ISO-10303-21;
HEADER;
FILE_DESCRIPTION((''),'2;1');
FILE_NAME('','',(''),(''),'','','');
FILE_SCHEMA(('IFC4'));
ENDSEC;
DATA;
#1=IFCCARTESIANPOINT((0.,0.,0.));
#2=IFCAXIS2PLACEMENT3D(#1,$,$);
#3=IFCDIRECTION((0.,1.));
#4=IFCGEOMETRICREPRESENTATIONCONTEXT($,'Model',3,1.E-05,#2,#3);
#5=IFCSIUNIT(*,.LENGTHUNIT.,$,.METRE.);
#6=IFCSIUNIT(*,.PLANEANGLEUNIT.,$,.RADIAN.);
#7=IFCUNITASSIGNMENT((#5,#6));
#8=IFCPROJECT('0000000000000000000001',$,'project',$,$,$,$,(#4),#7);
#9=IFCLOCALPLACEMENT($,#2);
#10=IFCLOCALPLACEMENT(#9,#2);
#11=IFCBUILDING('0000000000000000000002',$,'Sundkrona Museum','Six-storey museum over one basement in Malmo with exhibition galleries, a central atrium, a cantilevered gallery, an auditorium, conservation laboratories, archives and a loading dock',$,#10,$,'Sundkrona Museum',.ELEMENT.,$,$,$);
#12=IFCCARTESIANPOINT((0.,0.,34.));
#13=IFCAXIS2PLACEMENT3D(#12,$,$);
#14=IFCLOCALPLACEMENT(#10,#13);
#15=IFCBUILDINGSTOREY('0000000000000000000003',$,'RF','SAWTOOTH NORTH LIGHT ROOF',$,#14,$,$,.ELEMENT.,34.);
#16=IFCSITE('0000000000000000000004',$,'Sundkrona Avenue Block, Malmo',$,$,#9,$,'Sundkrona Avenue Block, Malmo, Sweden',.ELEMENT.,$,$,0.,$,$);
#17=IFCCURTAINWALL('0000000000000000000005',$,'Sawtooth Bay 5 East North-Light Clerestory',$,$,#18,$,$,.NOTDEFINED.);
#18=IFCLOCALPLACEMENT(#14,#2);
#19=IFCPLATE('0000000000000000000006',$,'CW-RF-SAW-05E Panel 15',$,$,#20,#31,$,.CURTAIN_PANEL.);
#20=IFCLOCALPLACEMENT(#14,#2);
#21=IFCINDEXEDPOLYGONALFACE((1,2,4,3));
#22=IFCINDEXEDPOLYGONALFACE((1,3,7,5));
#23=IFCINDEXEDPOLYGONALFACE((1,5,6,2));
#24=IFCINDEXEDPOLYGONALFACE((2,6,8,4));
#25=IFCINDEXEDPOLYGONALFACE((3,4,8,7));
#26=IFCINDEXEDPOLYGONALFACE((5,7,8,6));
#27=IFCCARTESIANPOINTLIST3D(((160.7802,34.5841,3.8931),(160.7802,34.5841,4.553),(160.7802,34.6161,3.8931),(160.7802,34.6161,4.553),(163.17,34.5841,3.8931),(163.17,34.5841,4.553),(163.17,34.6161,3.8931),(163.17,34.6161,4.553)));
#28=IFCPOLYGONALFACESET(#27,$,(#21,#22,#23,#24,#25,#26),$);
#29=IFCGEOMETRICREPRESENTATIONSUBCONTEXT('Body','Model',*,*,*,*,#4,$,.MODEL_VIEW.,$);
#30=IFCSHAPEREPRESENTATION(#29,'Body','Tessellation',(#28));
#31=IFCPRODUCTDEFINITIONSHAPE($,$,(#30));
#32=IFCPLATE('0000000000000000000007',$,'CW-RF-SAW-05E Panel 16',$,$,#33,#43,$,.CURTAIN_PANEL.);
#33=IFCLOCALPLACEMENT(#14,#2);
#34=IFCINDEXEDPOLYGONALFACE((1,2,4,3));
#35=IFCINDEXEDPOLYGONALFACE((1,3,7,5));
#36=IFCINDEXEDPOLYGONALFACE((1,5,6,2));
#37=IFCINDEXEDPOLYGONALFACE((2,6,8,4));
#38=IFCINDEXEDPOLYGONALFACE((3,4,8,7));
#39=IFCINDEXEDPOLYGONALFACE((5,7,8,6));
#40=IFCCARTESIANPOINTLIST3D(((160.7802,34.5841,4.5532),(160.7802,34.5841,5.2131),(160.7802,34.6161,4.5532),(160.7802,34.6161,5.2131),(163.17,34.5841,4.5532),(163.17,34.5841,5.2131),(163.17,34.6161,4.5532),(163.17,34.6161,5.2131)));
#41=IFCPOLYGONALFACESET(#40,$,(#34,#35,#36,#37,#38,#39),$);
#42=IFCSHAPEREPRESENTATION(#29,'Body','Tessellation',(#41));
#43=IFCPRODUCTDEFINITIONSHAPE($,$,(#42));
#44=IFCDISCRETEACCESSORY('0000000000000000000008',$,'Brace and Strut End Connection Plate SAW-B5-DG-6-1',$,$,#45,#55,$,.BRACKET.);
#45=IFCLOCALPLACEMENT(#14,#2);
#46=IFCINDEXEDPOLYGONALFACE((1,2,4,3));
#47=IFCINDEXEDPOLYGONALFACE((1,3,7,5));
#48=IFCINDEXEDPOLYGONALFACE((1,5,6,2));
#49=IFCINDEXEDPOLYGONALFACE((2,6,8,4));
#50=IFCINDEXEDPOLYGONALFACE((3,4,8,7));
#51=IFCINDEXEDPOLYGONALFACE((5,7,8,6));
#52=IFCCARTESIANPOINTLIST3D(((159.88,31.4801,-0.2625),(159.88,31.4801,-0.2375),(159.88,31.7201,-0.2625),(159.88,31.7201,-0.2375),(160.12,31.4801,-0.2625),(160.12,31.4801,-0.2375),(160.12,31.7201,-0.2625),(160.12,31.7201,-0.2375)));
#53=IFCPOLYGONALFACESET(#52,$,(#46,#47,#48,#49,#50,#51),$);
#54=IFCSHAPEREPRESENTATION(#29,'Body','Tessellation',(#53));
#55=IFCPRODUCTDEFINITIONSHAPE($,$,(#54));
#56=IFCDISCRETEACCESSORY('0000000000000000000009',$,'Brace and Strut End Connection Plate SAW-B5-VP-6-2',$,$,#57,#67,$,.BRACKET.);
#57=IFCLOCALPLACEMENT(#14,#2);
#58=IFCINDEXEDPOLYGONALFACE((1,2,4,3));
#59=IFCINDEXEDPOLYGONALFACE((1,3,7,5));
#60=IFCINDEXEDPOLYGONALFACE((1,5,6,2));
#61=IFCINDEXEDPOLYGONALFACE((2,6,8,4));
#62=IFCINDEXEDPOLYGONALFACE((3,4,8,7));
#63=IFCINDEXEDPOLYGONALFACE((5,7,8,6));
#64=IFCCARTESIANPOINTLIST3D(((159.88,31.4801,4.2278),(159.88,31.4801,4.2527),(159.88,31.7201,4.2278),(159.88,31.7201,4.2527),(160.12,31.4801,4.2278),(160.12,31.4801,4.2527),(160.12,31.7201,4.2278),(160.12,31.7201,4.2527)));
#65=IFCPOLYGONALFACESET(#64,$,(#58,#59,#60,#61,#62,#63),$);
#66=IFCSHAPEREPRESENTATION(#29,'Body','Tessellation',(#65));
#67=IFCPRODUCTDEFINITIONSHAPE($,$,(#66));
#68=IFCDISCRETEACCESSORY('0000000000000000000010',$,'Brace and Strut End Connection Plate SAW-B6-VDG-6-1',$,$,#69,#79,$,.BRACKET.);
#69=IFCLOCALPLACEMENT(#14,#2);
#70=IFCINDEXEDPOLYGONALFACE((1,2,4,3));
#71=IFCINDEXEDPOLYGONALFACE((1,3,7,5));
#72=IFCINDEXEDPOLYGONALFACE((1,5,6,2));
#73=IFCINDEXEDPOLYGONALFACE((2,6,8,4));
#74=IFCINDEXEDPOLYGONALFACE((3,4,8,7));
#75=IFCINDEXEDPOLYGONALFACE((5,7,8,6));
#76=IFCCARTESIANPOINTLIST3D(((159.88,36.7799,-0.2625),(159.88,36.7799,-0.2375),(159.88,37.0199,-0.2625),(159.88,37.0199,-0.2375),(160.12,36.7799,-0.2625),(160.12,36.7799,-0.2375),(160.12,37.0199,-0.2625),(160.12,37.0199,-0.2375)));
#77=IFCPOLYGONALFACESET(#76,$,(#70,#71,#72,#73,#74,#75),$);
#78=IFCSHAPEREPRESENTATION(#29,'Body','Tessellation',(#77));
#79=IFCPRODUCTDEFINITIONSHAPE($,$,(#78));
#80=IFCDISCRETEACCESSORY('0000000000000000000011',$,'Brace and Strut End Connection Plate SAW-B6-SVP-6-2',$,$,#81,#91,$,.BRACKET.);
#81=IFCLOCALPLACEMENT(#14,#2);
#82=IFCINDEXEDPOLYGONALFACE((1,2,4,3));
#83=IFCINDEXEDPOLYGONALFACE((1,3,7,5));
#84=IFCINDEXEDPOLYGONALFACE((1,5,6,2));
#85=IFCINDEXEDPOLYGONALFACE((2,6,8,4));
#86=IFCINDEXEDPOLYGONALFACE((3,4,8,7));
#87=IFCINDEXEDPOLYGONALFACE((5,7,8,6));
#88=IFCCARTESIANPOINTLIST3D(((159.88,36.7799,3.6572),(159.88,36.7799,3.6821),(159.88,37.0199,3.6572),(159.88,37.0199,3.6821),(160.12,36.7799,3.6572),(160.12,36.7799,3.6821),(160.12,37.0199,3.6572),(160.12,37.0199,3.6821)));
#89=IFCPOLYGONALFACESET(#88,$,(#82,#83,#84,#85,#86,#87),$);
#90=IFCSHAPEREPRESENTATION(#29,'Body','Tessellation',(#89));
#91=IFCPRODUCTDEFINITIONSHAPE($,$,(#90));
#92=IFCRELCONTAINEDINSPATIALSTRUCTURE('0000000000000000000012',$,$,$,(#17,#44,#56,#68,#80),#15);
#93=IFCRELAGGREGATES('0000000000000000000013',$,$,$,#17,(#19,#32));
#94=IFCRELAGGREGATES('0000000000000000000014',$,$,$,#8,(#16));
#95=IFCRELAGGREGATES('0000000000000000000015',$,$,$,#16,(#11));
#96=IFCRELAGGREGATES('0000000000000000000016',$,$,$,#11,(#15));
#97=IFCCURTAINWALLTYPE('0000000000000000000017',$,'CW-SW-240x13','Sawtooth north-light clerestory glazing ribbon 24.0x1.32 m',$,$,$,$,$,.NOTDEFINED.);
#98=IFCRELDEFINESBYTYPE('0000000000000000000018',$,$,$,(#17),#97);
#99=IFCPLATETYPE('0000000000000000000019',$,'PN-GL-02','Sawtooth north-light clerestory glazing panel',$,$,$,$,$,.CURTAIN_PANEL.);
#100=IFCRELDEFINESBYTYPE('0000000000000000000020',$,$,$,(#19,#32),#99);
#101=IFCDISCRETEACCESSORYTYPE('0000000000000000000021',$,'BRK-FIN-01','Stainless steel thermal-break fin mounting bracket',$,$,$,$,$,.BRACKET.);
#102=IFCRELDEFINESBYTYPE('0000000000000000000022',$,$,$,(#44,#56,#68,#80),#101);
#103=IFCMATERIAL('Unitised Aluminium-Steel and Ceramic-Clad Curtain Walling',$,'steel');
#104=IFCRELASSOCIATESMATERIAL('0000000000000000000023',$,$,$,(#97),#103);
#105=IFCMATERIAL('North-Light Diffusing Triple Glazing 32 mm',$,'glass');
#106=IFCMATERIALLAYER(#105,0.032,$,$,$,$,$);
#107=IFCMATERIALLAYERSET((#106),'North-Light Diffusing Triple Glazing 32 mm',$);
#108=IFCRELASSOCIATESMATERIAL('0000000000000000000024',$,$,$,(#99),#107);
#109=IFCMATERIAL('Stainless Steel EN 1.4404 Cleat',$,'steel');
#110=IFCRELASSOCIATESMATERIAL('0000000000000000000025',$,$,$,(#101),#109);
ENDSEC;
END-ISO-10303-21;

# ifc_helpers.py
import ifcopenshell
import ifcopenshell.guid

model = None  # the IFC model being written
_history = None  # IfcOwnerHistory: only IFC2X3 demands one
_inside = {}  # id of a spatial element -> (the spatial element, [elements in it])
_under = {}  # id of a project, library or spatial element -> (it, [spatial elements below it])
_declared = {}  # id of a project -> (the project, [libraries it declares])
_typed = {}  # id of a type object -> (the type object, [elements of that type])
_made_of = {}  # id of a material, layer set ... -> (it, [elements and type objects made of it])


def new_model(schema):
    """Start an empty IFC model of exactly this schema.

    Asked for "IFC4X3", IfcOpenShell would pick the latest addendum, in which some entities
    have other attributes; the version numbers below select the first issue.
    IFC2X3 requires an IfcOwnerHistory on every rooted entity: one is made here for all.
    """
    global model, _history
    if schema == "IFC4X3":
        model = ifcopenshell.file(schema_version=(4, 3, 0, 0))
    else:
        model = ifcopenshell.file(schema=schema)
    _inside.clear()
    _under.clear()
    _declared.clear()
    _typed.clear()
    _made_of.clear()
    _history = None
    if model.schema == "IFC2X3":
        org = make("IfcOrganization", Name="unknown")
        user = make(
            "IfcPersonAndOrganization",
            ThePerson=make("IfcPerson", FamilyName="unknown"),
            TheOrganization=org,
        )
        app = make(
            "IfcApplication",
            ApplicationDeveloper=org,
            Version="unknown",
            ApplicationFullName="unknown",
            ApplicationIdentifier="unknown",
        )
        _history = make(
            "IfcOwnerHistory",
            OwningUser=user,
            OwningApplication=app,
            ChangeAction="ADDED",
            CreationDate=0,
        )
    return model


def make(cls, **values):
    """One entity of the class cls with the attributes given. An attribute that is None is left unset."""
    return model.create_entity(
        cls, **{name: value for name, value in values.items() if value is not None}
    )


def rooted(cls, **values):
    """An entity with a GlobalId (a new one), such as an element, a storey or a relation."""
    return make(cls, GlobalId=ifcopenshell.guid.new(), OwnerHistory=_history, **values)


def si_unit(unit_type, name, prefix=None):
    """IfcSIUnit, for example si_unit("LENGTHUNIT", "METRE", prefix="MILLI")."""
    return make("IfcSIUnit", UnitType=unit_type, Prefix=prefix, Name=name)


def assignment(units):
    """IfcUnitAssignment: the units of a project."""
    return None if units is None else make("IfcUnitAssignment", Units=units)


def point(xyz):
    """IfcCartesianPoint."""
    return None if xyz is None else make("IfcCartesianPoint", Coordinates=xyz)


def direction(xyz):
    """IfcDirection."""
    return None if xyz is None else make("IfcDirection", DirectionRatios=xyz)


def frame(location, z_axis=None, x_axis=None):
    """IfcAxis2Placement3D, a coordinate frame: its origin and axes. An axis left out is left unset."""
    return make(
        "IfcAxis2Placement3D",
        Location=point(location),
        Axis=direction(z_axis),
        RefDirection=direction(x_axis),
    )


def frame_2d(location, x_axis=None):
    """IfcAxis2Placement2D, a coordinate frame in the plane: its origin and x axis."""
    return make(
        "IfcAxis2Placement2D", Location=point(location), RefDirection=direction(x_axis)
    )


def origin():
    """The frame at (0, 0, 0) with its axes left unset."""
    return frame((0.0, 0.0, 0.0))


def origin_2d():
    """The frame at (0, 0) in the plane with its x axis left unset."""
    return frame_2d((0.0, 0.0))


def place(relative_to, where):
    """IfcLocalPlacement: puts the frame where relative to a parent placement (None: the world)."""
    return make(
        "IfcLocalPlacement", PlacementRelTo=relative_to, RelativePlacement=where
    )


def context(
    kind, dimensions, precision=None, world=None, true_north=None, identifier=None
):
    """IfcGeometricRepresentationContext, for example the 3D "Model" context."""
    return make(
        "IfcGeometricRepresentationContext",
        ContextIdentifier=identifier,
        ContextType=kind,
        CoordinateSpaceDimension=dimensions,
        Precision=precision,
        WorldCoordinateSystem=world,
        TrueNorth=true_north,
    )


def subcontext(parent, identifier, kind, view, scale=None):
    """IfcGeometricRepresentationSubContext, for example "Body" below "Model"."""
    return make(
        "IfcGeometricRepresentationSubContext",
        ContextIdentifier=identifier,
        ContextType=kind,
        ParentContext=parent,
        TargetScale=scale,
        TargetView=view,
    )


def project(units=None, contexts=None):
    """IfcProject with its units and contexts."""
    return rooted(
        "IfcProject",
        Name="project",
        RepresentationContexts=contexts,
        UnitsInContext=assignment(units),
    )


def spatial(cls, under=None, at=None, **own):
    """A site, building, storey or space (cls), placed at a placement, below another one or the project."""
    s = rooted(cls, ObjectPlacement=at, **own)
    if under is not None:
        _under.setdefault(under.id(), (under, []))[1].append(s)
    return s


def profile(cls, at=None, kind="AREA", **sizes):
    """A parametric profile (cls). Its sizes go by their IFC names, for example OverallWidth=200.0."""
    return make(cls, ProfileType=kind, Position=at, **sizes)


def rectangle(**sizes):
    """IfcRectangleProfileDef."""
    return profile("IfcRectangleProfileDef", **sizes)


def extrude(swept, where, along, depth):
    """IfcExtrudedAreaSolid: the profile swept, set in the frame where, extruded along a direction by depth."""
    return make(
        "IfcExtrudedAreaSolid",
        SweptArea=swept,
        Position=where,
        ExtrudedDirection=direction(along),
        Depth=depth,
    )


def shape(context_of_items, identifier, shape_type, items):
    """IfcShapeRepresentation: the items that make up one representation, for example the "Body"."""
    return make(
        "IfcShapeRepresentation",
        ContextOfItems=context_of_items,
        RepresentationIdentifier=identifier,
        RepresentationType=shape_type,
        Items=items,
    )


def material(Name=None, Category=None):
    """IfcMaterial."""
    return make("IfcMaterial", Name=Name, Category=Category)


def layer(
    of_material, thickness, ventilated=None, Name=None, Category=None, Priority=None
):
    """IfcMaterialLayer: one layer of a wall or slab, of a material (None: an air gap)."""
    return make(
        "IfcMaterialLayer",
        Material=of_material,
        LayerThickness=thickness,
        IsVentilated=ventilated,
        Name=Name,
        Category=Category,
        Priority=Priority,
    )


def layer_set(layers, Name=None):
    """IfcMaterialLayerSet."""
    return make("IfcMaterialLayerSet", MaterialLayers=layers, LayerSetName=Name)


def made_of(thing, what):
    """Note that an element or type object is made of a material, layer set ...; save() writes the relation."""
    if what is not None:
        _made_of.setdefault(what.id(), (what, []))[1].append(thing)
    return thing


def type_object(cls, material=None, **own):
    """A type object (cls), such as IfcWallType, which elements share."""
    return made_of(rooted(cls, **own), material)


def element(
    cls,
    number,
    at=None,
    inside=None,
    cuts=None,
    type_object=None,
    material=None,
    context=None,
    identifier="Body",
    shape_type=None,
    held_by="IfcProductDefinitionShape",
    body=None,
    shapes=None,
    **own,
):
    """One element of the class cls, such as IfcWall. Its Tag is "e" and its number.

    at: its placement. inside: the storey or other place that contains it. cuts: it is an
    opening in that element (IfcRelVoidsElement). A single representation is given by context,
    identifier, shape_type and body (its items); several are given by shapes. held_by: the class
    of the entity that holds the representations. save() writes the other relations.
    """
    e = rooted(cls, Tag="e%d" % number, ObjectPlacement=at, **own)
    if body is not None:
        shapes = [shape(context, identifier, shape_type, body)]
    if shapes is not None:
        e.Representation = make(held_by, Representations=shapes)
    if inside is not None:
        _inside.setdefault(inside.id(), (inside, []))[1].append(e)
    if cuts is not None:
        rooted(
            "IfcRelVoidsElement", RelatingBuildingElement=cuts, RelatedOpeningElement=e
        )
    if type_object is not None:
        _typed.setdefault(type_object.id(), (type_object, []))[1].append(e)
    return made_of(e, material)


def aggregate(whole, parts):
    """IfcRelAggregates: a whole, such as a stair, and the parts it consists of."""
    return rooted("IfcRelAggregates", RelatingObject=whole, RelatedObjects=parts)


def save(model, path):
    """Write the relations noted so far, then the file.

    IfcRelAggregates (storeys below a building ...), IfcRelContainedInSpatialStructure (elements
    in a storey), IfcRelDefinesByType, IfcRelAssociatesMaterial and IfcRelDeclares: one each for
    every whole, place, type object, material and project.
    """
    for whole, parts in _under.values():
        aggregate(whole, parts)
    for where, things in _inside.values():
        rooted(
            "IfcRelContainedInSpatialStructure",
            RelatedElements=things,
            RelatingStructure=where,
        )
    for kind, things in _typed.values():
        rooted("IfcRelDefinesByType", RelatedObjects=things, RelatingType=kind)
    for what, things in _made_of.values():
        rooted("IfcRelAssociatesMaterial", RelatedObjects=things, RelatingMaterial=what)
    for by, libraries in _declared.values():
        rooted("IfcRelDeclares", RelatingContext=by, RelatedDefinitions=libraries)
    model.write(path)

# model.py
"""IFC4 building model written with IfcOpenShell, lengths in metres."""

from ifc_helpers import new_model, si_unit, direction, frame, origin, origin_2d, place, context, subcontext, project, spatial, rectangle, extrude, material, layer, layer_set, type_object, element, aggregate, save


model = new_model("IFC4")

# Units and contexts
model_context = context("Model", 3, precision=1e-05, world=origin(), true_north=direction((0.0, 1.0)))
body_context = subcontext(model_context, "Body", "Model", "MODEL_VIEW")
ifc_project = project(units=[si_unit("LENGTHUNIT", "METRE"), si_unit("PLANEANGLEUNIT", "RADIAN")], contexts=[model_context])

# Site, building, storey
site_placement = place(None, origin())
site = spatial("IfcSite", under=ifc_project, at=site_placement, Name="Sundkrona Avenue Block, Malmo", LongName="Sundkrona Avenue Block, Malmo, Sweden", CompositionType="ELEMENT", RefElevation=0.0)
building_placement = place(site_placement, origin())
building = spatial("IfcBuilding", under=site, at=building_placement, Name="Sundkrona Museum", Description="Six-storey museum over one basement in Malmo with exhibition galleries, a central atrium, a cantilevered gallery, an auditorium, conservation laboratories, archives and a loading dock", LongName="Sundkrona Museum", CompositionType="ELEMENT")
storey_placement = place(building_placement, frame((0.0, 0.0, 34.0)))
storey = spatial("IfcBuildingStorey", under=building, at=storey_placement, Name="RF", Description="SAWTOOTH NORTH LIGHT ROOF", CompositionType="ELEMENT", Elevation=34.0)

# Curtain wall
ifc_material_1 = material(Name="Unitised Aluminium-Steel and Ceramic-Clad Curtain Walling", Category="steel")
curtain_wall_type = type_object("IfcCurtainWallType", Name="CW-SW-240x13", Description="Sawtooth north-light clerestory glazing ribbon 24.0x1.32 m", PredefinedType="NOTDEFINED", material=ifc_material_1)
curtain_wall_placement = place(storey_placement, origin())
curtain_wall = element("IfcCurtainWall", 1, at=curtain_wall_placement, inside=storey, type_object=curtain_wall_type, Name="Sawtooth Bay 5 East North-Light Clerestory", PredefinedType="NOTDEFINED")

# Plates
ifc_material_2 = material(Name="North-Light Diffusing Triple Glazing 32 mm", Category="glass")
ifc_layer = layer(ifc_material_2, 0.032)
ifc_layer_set = layer_set([ifc_layer], Name="North-Light Diffusing Triple Glazing 32 mm")
plate_type = type_object("IfcPlateType", Name="PN-GL-02", Description="Sawtooth north-light clerestory glazing panel", PredefinedType="CURTAIN_PANEL", material=ifc_layer_set)
plate_1_placement = place(storey_placement, frame((161.9751, 34.6001, 3.8931), z_axis=(0.0, 0.0, 1.0), x_axis=(1.0, 0.0, 0.0)))
plate_1 = element("IfcPlate", 2, at=plate_1_placement, type_object=plate_type, Name="CW-RF-SAW-05E Panel 15", PredefinedType="CURTAIN_PANEL", context=body_context, shape_type="SweptSolid", body=[
    extrude(rectangle(XDim=2.3899, YDim=0.032, at=origin_2d()), origin(), (0.0, 0.0, 1.0), 0.6599),
])
plate_2_placement = place(storey_placement, frame((161.9751, 34.6001, 4.5532), z_axis=(0.0, 0.0, 1.0), x_axis=(1.0, 0.0, 0.0)))
plate_2 = element("IfcPlate", 3, at=plate_2_placement, type_object=plate_type, Name="CW-RF-SAW-05E Panel 16", PredefinedType="CURTAIN_PANEL", context=body_context, shape_type="SweptSolid", body=[
    extrude(rectangle(XDim=2.3899, YDim=0.032, at=origin_2d()), origin(), (0.0, 0.0, 1.0), 0.6599),
])
aggregate(curtain_wall, [plate_1, plate_2])

# Discrete accessories
ifc_material_3 = material(Name="Stainless Steel EN 1.4404 Cleat", Category="steel")
discrete_accessory_type = type_object("IfcDiscreteAccessoryType", Name="BRK-FIN-01", Description="Stainless steel thermal-break fin mounting bracket", PredefinedType="BRACKET", material=ifc_material_3)
for number, where, z_axis, x_axis, name in (
    (4, (160.0, 31.6001, -0.2625), (0.0, 0.0, 1.0), (1.0, 0.0, 0.0), "Brace and Strut End Connection Plate SAW-B5-DG-6-1"),
    (5, (160.0, 31.6001, 4.2278), (0.0, 0.0, 1.0), (1.0, 0.0, 0.0), "Brace and Strut End Connection Plate SAW-B5-VP-6-2"),
    (6, (160.0, 36.8999, -0.2625), (0.0, 0.0, 1.0), (1.0, 0.0, 0.0), "Brace and Strut End Connection Plate SAW-B6-VDG-6-1"),
    (7, (160.0, 36.8999, 3.6572), (0.0, 0.0, 1.0), (1.0, 0.0, 0.0), "Brace and Strut End Connection Plate SAW-B6-SVP-6-2"),
):
    element("IfcDiscreteAccessory", number, at=place(storey_placement, frame(where, z_axis=z_axis, x_axis=x_axis)), inside=storey, type_object=discrete_accessory_type, Name=name, PredefinedType="BRACKET", context=body_context, shape_type="SweptSolid", body=[
        extrude(rectangle(XDim=0.24, YDim=0.24, at=origin_2d()), origin(), (0.0, 0.0, 1.0), 0.0249),
    ])

save(model, "model.ifc")
